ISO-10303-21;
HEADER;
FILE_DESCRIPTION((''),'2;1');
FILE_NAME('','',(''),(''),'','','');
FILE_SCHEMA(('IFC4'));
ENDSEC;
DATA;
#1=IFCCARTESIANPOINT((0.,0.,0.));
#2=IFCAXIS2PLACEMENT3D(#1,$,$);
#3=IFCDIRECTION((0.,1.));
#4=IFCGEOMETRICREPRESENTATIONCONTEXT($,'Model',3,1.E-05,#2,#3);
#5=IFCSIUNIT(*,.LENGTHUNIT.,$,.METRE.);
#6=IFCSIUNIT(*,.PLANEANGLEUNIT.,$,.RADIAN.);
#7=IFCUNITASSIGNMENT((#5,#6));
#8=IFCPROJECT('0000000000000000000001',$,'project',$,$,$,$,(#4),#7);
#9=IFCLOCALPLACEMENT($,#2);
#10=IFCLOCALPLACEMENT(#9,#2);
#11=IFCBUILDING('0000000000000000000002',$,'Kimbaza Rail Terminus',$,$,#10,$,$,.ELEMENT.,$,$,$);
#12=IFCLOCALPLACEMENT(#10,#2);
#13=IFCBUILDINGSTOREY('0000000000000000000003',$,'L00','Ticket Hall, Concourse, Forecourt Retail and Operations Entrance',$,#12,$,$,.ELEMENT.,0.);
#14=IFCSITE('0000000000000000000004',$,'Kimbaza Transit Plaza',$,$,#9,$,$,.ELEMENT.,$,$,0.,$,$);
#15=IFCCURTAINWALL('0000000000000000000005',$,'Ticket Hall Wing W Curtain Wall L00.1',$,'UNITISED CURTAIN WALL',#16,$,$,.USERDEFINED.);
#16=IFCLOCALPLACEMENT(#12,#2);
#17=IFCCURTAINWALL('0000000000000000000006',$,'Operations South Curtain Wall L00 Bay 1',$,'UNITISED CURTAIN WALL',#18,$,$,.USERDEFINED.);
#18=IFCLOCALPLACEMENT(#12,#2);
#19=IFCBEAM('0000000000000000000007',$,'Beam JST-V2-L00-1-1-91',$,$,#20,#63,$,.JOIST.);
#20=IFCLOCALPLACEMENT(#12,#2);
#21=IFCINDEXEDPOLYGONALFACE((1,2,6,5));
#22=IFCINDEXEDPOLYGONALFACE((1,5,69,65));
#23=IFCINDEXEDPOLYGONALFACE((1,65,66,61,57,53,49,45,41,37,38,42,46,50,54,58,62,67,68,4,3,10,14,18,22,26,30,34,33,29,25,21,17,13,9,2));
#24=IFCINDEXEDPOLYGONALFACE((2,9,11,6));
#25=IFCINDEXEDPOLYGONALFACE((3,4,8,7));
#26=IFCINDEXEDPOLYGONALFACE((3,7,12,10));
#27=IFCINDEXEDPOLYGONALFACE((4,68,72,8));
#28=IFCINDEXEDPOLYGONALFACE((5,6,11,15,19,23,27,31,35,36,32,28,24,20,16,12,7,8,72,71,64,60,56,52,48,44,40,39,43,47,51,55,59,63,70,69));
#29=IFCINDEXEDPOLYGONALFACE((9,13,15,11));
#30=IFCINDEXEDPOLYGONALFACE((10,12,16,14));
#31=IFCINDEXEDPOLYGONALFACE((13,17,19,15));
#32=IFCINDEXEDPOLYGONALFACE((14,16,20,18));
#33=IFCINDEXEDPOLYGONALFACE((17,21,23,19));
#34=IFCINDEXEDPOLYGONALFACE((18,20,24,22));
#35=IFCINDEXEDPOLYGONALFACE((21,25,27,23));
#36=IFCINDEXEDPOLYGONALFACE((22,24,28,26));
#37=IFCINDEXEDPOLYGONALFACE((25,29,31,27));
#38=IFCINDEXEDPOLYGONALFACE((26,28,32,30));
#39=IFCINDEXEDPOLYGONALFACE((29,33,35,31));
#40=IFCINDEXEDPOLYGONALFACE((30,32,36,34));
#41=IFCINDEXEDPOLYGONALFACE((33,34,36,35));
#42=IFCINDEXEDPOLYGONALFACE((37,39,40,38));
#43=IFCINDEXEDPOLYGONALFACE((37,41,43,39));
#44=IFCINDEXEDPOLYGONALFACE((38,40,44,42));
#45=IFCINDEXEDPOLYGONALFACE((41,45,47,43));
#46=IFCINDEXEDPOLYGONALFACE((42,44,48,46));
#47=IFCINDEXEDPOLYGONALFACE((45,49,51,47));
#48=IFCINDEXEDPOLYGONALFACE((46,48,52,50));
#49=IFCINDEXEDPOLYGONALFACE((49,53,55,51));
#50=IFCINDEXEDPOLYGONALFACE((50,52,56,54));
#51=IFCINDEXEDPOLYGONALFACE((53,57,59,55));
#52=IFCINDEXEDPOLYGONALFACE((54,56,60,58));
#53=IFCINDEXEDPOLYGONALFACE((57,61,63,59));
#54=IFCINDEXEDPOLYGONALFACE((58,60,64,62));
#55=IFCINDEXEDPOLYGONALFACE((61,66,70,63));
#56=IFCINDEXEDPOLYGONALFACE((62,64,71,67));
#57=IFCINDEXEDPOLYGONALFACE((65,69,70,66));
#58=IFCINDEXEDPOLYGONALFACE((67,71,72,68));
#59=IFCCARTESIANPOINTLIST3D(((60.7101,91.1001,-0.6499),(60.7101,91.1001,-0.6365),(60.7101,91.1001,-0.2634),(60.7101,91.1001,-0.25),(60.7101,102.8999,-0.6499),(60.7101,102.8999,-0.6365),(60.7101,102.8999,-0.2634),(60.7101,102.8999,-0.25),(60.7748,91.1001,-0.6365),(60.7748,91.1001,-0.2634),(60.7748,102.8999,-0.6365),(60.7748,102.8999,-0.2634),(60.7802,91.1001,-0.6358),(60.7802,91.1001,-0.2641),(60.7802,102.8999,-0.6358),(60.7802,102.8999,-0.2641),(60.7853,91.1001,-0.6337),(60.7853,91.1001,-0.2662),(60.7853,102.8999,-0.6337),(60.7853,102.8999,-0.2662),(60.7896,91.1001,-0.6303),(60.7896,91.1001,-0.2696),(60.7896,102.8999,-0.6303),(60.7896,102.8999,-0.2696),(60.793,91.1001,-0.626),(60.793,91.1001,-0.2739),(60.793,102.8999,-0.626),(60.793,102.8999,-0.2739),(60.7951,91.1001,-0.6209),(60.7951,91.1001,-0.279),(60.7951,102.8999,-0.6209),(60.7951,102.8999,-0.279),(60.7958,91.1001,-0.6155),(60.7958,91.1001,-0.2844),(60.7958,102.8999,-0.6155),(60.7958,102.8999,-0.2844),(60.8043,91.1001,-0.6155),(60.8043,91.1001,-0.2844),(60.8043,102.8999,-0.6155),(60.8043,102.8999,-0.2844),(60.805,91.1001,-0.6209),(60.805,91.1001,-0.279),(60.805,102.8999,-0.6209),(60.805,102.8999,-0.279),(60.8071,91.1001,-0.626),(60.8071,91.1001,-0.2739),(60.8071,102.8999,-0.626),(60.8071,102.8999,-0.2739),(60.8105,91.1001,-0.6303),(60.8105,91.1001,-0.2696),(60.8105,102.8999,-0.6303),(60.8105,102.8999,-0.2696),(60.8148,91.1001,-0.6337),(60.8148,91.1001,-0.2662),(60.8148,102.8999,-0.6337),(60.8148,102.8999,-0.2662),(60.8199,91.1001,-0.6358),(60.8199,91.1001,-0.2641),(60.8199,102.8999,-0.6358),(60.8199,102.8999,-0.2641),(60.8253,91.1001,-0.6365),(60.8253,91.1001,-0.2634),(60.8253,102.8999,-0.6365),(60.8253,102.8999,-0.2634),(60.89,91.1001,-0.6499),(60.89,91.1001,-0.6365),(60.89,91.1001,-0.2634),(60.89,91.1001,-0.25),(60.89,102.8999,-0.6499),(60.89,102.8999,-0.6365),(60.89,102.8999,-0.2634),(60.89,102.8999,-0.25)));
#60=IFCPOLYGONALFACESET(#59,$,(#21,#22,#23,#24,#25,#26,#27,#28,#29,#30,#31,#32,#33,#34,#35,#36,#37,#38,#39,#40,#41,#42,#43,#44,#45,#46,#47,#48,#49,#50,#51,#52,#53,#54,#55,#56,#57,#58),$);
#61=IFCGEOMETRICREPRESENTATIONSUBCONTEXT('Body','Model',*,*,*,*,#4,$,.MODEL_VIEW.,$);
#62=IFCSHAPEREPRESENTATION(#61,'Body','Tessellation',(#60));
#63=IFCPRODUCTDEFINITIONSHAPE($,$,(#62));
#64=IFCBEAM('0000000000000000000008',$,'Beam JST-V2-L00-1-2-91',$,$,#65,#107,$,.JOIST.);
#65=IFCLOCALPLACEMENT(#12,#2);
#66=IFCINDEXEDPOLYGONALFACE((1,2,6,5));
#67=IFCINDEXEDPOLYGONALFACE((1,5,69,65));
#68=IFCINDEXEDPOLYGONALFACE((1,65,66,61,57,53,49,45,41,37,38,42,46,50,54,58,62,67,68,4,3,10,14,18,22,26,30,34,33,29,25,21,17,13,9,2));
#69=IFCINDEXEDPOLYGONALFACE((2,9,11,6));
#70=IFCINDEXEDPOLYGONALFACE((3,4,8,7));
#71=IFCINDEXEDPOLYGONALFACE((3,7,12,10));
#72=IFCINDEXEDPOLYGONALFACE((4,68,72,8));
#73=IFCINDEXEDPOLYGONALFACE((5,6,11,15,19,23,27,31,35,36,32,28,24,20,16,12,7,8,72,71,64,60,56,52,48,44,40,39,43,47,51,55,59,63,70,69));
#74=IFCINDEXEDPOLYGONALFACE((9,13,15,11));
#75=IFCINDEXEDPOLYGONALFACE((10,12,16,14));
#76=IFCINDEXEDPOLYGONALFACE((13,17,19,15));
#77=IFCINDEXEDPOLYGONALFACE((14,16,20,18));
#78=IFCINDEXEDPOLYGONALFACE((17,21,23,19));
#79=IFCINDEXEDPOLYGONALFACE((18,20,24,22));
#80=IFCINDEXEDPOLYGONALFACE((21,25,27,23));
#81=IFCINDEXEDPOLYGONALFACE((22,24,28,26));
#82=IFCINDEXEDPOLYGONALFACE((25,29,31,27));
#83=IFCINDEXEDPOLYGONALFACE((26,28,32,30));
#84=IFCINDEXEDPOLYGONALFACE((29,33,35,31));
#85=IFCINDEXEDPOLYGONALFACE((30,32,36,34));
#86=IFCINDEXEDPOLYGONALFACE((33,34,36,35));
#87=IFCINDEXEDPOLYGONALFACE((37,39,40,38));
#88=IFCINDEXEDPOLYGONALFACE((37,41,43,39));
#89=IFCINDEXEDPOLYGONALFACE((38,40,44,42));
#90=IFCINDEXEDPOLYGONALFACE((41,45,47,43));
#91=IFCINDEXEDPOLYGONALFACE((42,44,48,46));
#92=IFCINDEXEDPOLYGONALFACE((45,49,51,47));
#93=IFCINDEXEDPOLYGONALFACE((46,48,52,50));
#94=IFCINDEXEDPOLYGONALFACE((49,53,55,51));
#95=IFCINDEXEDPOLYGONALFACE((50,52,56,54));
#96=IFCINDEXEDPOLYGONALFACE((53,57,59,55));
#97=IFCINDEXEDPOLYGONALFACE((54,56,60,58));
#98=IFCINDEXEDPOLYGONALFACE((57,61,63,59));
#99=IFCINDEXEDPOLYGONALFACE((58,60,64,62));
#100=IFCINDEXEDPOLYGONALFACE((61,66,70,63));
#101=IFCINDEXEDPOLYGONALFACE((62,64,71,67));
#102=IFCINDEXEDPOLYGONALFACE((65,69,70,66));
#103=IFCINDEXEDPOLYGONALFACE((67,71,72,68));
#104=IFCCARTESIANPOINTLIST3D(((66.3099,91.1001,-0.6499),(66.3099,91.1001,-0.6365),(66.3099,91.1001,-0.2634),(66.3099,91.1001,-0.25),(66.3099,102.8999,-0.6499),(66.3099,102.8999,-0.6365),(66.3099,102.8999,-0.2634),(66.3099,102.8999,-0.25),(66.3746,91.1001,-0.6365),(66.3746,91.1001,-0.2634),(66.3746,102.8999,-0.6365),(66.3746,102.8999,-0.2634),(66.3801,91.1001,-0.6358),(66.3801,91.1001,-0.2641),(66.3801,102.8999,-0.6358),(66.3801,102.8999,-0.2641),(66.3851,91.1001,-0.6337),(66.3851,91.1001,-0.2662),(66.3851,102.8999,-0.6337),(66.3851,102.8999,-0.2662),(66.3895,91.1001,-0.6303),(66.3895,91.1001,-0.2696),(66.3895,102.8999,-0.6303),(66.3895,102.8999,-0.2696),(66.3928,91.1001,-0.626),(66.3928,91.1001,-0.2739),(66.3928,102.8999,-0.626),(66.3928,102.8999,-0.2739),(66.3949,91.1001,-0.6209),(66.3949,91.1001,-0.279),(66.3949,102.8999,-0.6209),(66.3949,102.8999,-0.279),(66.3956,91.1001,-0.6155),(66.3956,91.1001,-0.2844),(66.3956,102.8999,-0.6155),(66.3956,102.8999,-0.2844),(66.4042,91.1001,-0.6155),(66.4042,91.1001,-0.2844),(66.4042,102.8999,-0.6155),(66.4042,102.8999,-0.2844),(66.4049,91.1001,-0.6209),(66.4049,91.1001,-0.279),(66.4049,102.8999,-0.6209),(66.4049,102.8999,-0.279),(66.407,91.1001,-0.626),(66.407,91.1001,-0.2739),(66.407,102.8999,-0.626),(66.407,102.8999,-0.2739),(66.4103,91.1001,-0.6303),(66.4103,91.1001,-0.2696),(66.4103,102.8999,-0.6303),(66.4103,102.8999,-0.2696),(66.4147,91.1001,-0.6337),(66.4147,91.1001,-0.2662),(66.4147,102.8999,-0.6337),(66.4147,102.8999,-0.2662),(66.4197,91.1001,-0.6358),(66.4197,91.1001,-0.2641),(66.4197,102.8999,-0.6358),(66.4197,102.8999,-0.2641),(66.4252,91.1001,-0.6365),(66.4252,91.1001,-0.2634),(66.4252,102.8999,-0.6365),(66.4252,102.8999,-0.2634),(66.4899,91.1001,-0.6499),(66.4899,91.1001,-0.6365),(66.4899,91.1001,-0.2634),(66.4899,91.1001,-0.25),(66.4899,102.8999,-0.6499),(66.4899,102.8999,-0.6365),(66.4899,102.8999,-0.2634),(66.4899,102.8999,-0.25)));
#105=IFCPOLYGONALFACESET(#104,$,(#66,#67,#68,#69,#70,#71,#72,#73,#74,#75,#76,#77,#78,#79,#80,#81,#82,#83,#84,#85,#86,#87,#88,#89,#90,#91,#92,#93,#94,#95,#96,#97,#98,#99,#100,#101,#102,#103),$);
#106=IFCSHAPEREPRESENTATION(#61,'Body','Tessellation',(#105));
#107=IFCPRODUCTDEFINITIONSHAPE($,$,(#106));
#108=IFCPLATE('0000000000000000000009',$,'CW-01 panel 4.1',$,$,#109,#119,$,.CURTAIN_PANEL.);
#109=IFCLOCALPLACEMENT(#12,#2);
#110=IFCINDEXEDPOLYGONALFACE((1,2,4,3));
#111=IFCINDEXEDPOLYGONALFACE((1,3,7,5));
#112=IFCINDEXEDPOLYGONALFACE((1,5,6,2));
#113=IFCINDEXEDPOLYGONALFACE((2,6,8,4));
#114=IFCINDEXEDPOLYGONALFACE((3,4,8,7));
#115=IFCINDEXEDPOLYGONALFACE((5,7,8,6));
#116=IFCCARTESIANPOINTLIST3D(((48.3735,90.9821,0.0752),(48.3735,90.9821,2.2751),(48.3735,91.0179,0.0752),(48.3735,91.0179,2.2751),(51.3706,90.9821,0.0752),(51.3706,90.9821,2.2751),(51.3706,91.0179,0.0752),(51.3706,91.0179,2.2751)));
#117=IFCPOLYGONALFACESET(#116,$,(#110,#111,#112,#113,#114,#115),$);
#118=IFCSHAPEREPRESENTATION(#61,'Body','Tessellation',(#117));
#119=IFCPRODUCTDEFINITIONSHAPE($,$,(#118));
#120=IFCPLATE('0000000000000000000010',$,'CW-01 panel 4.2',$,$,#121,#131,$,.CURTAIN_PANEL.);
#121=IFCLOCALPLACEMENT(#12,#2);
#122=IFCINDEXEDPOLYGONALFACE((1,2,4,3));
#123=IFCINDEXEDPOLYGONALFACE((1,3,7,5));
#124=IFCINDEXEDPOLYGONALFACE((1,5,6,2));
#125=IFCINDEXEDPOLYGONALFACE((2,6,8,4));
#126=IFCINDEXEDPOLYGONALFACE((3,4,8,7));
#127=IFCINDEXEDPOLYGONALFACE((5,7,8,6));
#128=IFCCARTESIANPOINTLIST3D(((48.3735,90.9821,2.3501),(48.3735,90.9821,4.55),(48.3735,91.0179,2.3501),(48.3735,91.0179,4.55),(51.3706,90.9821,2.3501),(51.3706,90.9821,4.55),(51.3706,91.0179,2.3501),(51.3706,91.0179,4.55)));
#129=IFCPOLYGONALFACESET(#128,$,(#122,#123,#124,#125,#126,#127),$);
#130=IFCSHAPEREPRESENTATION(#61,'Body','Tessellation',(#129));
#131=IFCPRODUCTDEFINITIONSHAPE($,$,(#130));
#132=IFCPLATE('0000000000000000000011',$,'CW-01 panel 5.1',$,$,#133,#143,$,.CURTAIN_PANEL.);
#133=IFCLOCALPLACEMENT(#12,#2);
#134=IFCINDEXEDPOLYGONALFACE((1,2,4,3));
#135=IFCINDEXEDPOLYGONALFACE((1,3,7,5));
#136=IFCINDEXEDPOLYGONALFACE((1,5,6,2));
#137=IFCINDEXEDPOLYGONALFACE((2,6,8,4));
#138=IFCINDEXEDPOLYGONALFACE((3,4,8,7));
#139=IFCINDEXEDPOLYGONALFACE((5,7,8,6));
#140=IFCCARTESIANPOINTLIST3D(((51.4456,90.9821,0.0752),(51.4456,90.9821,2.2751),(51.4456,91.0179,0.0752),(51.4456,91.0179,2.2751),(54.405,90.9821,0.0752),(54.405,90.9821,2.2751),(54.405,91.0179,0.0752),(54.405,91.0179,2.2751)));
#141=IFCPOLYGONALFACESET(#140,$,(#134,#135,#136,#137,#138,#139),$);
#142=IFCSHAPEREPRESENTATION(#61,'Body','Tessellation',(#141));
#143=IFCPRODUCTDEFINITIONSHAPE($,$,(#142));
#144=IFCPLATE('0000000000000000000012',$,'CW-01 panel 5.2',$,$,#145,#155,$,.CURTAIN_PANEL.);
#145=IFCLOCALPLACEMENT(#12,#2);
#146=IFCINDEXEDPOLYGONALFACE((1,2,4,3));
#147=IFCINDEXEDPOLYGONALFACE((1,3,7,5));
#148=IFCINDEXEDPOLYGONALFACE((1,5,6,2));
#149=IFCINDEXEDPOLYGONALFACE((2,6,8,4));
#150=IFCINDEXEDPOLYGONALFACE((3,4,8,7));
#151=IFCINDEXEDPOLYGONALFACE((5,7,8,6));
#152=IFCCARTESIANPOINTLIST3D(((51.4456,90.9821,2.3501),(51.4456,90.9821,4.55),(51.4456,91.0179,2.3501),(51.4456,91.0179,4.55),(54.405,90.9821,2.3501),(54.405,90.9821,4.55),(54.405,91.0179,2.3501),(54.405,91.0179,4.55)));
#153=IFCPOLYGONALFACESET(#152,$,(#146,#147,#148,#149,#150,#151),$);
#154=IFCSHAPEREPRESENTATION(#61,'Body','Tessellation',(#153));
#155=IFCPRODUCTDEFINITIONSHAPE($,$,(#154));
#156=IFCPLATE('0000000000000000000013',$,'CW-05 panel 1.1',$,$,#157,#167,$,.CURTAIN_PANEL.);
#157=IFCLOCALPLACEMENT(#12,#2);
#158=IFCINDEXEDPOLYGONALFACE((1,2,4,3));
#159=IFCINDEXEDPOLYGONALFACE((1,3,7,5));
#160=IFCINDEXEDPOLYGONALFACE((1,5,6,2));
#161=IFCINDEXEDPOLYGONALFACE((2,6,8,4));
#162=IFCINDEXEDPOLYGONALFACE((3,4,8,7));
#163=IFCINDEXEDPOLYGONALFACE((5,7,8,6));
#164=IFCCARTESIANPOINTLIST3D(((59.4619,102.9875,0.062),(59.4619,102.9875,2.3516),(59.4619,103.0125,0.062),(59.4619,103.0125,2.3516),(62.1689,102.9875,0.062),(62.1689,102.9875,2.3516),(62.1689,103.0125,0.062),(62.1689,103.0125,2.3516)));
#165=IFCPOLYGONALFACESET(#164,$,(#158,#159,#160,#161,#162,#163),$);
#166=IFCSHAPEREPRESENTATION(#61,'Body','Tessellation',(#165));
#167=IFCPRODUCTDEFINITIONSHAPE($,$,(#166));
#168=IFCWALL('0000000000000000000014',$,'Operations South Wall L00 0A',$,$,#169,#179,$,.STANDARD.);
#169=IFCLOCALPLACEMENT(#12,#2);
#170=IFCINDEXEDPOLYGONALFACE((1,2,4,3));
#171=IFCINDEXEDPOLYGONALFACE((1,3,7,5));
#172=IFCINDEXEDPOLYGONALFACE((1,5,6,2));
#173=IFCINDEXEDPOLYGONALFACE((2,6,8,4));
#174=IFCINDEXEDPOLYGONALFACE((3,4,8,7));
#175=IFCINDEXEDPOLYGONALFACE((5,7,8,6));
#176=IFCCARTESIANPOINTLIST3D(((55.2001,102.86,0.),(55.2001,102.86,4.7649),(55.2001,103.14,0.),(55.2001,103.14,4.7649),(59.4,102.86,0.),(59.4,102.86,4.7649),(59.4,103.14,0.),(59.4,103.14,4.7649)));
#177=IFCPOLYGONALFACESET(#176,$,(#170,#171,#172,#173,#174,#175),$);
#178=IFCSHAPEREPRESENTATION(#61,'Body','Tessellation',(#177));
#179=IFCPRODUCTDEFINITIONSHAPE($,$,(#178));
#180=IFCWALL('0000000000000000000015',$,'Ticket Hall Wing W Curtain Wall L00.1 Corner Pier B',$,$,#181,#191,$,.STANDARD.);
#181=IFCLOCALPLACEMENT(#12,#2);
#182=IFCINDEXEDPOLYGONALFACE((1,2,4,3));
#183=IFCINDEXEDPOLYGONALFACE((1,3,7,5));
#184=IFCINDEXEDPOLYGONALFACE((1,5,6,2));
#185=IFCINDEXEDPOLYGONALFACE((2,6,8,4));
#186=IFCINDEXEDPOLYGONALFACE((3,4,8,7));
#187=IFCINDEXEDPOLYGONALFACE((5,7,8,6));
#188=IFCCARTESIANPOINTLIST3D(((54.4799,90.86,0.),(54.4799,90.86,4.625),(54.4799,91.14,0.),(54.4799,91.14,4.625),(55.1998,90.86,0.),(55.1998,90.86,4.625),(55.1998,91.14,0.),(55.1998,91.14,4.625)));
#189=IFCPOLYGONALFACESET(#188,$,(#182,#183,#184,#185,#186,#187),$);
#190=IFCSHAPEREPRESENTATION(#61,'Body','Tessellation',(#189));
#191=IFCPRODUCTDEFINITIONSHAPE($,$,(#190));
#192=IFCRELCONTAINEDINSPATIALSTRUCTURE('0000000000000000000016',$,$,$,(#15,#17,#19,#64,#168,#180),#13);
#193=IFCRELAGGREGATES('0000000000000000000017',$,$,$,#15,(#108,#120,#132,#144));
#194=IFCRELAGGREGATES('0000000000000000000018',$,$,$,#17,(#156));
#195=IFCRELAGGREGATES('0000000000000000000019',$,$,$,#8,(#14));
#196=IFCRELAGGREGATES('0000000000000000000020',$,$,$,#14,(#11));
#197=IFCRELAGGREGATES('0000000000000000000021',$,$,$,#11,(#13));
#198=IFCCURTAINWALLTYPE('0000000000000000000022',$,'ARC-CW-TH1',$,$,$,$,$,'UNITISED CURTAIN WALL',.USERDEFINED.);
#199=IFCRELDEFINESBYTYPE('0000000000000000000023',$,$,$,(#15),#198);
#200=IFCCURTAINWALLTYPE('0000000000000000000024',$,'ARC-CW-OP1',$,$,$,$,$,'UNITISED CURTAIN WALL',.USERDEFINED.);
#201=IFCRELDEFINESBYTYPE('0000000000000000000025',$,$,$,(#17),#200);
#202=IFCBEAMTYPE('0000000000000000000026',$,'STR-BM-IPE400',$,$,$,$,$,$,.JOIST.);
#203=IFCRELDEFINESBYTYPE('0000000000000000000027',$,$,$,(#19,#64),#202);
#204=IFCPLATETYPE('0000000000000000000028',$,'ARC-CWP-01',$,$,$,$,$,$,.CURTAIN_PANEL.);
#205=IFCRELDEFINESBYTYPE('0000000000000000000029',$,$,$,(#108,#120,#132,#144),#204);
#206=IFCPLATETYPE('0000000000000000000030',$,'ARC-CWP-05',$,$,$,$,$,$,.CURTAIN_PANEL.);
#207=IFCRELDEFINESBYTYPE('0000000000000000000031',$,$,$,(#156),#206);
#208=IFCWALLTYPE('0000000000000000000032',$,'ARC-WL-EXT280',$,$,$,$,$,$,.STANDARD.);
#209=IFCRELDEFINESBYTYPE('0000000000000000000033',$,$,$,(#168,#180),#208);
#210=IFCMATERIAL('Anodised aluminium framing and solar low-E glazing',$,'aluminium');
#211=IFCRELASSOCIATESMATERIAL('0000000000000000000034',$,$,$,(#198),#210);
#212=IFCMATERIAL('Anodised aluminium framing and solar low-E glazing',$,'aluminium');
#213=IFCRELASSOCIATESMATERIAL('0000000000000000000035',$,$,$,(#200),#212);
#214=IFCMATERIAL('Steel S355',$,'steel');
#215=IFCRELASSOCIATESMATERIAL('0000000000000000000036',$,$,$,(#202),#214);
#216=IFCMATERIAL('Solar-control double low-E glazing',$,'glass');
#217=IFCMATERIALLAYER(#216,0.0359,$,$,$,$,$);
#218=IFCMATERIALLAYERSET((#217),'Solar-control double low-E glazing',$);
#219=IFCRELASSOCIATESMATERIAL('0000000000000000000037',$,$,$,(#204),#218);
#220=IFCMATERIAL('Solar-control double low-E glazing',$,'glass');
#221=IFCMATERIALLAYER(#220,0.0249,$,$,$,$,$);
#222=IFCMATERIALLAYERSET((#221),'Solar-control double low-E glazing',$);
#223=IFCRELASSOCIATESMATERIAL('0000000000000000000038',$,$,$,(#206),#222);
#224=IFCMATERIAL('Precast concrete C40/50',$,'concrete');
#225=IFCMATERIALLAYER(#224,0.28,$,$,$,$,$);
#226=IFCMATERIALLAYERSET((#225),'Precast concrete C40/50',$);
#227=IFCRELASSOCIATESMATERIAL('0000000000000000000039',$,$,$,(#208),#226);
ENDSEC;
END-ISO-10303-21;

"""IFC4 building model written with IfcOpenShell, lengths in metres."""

from ifc_helpers import new_model, si_unit, direction, frame, frame_2d, origin, origin_2d, place, context, subcontext, project, spatial, rectangle, i_section, extrude, material, layer, layer_set, material_profile, profile_set, type_object, element, aggregate, save


model = new_model("IFC4")

# Units and contexts
model_context = context("Model", 3, precision=1e-05, world=origin(), true_north=direction((0.0, 1.0)))
body_context = subcontext(model_context, "Body", "Model", "MODEL_VIEW")
ifc_project = project(units=[si_unit("LENGTHUNIT", "METRE"), si_unit("PLANEANGLEUNIT", "RADIAN")], contexts=[model_context])

# Site, building, storey
site_placement = place(None, origin())
site = spatial("IfcSite", under=ifc_project, at=site_placement, Name="Kimbaza Transit Plaza", CompositionType="ELEMENT", RefElevation=0.0)
building_placement = place(site_placement, origin())
building = spatial("IfcBuilding", under=site, at=building_placement, Name="Kimbaza Rail Terminus", CompositionType="ELEMENT")
storey_placement = place(building_placement, origin())
storey = spatial("IfcBuildingStorey", under=building, at=storey_placement, Name="L00", Description="Ticket Hall, Concourse, Forecourt Retail and Operations Entrance", CompositionType="ELEMENT", Elevation=0.0)

# Curtain wall
ifc_material_1 = material(Name="Anodised aluminium framing and solar low-E glazing", Category="aluminium")
curtain_wall_type_1 = type_object("IfcCurtainWallType", Name="ARC-CW-TH1", ElementType="UNITISED CURTAIN WALL", PredefinedType="USERDEFINED", material=ifc_material_1)
curtain_wall_1_placement = place(storey_placement, origin())
curtain_wall_1 = element("IfcCurtainWall", 1, at=curtain_wall_1_placement, inside=storey, type_object=curtain_wall_type_1, Name="Ticket Hall Wing W Curtain Wall L00.1", ObjectType="UNITISED CURTAIN WALL", PredefinedType="USERDEFINED")

# Curtain wall
ifc_material_2 = material(Name="Anodised aluminium framing and solar low-E glazing", Category="aluminium")
curtain_wall_type_2 = type_object("IfcCurtainWallType", Name="ARC-CW-OP1", ElementType="UNITISED CURTAIN WALL", PredefinedType="USERDEFINED", material=ifc_material_2)
curtain_wall_2_placement = place(storey_placement, origin())
curtain_wall_2 = element("IfcCurtainWall", 2, at=curtain_wall_2_placement, inside=storey, type_object=curtain_wall_type_2, Name="Operations South Curtain Wall L00 Bay 1", ObjectType="UNITISED CURTAIN WALL", PredefinedType="USERDEFINED")

# Beams
ifc_material_3 = material(Name="Steel S355", Category="steel")
ifc_material_profile_1 = material_profile(ifc_material_3, i_section(OverallWidth=0.1799, OverallDepth=0.3999, WebThickness=0.0085, FlangeThickness=0.0134, FilletRadius=0.021, at=origin_2d()), Name="IPE 400")
ifc_profile_set_1 = profile_set([ifc_material_profile_1], Name="Steel S355")
beam_type_1 = type_object("IfcBeamType", Name="STR-BM-IPE400", PredefinedType="JOIST", material=ifc_profile_set_1)
for number, where, z_axis, x_axis, name in (
    (3, (60.8, 91.1001, -0.45), (0.0, 1.0, 0.0), (-1.0, 0.0, 0.0), "Beam JST-V2-L00-1-1-91"),
    (4, (66.3999, 91.1001, -0.45), (0.0, 1.0, 0.0), (-1.0, 0.0, 0.0), "Beam JST-V2-L00-1-2-91"),
):
    element("IfcBeam", number, at=place(storey_placement, frame(where, z_axis=z_axis, x_axis=x_axis)), inside=storey, type_object=beam_type_1, Name=name, PredefinedType="JOIST", context=body_context, shape_type="SweptSolid", body=[
        extrude(i_section(OverallWidth=0.1799, OverallDepth=0.3999, WebThickness=0.0085, FlangeThickness=0.0134, FilletRadius=0.021, at=origin_2d()), origin(), (0.0, 0.0, 1.0), 11.7998),
    ])

# Plates
ifc_material_4 = material(Name="Solar-control double low-E glazing", Category="glass")
ifc_layer_1 = layer(ifc_material_4, 0.0359)
ifc_layer_set_1 = layer_set([ifc_layer_1], Name="Solar-control double low-E glazing")
plate_type_1 = type_object("IfcPlateType", Name="ARC-CWP-01", PredefinedType="CURTAIN_PANEL", material=ifc_layer_set_1)
plate_1_placement = place(storey_placement, frame((49.8721, 91.0, 0.0752), z_axis=(0.0, 0.0, 1.0), x_axis=(1.0, 0.0, 0.0)))
plate_1 = element("IfcPlate", 5, at=plate_1_placement, type_object=plate_type_1, Name="CW-01 panel 4.1", PredefinedType="CURTAIN_PANEL", context=body_context, shape_type="SweptSolid", body=[
    extrude(rectangle(XDim=2.9971, YDim=0.0359, at=origin_2d()), origin(), (0.0, 0.0, 1.0), 2.2),
])
plate_2_placement = place(storey_placement, frame((49.8721, 91.0, 2.3501), z_axis=(0.0, 0.0, 1.0), x_axis=(1.0, 0.0, 0.0)))
plate_2 = element("IfcPlate", 6, at=plate_2_placement, type_object=plate_type_1, Name="CW-01 panel 4.2", PredefinedType="CURTAIN_PANEL", context=body_context, shape_type="SweptSolid", body=[
    extrude(rectangle(XDim=2.9971, YDim=0.0359, at=origin_2d()), origin(), (0.0, 0.0, 1.0), 2.2),
])
plate_3_placement = place(storey_placement, frame((52.9253, 91.0, 0.0752), z_axis=(0.0, 0.0, 1.0), x_axis=(1.0, 0.0, 0.0)))
plate_3 = element("IfcPlate", 7, at=plate_3_placement, type_object=plate_type_1, Name="CW-01 panel 5.1", PredefinedType="CURTAIN_PANEL", context=body_context, shape_type="SweptSolid", body=[
    extrude(rectangle(XDim=2.9595, YDim=0.0359, at=origin_2d()), origin(), (0.0, 0.0, 1.0), 2.2),
])
plate_4_placement = place(storey_placement, frame((52.9253, 91.0, 2.3501), z_axis=(0.0, 0.0, 1.0), x_axis=(1.0, 0.0, 0.0)))
plate_4 = element("IfcPlate", 8, at=plate_4_placement, type_object=plate_type_1, Name="CW-01 panel 5.2", PredefinedType="CURTAIN_PANEL", context=body_context, shape_type="SweptSolid", body=[
    extrude(rectangle(XDim=2.9595, YDim=0.0359, at=origin_2d()), origin(), (0.0, 0.0, 1.0), 2.2),
])
aggregate(curtain_wall_1, [plate_1, plate_2, plate_3, plate_4])
ifc_material_5 = material(Name="Solar-control double low-E glazing", Category="glass")
ifc_layer_2 = layer(ifc_material_5, 0.0249)
ifc_layer_set_2 = layer_set([ifc_layer_2], Name="Solar-control double low-E glazing")
plate_type_2 = type_object("IfcPlateType", Name="ARC-CWP-05", PredefinedType="CURTAIN_PANEL", material=ifc_layer_set_2)
plate_5_placement = place(storey_placement, frame((60.8154, 103.0, 0.062), z_axis=(0.0, 0.0, 1.0), x_axis=(1.0, 0.0, 0.0)))
plate_5 = element("IfcPlate", 9, at=plate_5_placement, type_object=plate_type_2, Name="CW-05 panel 1.1", PredefinedType="CURTAIN_PANEL", context=body_context, shape_type="SweptSolid", body=[
    extrude(rectangle(XDim=2.707, YDim=0.0249, at=origin_2d()), origin(), (0.0, 0.0, 1.0), 2.2896),
])
aggregate(curtain_wall_2, [plate_5])

# Walls
ifc_material_6 = material(Name="Precast concrete C40/50", Category="concrete")
ifc_layer_3 = layer(ifc_material_6, 0.28)
ifc_layer_set_3 = layer_set([ifc_layer_3], Name="Precast concrete C40/50")
wall_type_1 = type_object("IfcWallType", Name="ARC-WL-EXT280", PredefinedType="STANDARD", material=ifc_layer_set_3)
wall_1_placement = place(storey_placement, frame((55.2, 103.0, 0.0), z_axis=(0.0, 0.0, 1.0), x_axis=(1.0, 0.0, 0.0)))
element("IfcWall", 10, at=wall_1_placement, inside=storey, type_object=wall_type_1, Name="Operations South Wall L00 0A", PredefinedType="STANDARD", context=body_context, shape_type="SweptSolid", body=[
    extrude(rectangle(XDim=4.2, YDim=0.28, at=frame_2d((2.1001, 0.0))), origin(), (0.0, 0.0, 1.0), 4.7649),
])
wall_2_placement = place(storey_placement, frame((54.48, 91.0, 0.0), z_axis=(0.0, 0.0, 1.0), x_axis=(1.0, 0.0, 0.0)))
element("IfcWall", 11, at=wall_2_placement, inside=storey, type_object=wall_type_1, Name="Ticket Hall Wing W Curtain Wall L00.1 Corner Pier B", PredefinedType="STANDARD", context=body_context, shape_type="SweptSolid", body=[
    extrude(rectangle(XDim=0.72, YDim=0.28, at=frame_2d((0.3599, 0.0))), origin(), (0.0, 0.0, 1.0), 4.625),
])

save(model, "model.ifc")
